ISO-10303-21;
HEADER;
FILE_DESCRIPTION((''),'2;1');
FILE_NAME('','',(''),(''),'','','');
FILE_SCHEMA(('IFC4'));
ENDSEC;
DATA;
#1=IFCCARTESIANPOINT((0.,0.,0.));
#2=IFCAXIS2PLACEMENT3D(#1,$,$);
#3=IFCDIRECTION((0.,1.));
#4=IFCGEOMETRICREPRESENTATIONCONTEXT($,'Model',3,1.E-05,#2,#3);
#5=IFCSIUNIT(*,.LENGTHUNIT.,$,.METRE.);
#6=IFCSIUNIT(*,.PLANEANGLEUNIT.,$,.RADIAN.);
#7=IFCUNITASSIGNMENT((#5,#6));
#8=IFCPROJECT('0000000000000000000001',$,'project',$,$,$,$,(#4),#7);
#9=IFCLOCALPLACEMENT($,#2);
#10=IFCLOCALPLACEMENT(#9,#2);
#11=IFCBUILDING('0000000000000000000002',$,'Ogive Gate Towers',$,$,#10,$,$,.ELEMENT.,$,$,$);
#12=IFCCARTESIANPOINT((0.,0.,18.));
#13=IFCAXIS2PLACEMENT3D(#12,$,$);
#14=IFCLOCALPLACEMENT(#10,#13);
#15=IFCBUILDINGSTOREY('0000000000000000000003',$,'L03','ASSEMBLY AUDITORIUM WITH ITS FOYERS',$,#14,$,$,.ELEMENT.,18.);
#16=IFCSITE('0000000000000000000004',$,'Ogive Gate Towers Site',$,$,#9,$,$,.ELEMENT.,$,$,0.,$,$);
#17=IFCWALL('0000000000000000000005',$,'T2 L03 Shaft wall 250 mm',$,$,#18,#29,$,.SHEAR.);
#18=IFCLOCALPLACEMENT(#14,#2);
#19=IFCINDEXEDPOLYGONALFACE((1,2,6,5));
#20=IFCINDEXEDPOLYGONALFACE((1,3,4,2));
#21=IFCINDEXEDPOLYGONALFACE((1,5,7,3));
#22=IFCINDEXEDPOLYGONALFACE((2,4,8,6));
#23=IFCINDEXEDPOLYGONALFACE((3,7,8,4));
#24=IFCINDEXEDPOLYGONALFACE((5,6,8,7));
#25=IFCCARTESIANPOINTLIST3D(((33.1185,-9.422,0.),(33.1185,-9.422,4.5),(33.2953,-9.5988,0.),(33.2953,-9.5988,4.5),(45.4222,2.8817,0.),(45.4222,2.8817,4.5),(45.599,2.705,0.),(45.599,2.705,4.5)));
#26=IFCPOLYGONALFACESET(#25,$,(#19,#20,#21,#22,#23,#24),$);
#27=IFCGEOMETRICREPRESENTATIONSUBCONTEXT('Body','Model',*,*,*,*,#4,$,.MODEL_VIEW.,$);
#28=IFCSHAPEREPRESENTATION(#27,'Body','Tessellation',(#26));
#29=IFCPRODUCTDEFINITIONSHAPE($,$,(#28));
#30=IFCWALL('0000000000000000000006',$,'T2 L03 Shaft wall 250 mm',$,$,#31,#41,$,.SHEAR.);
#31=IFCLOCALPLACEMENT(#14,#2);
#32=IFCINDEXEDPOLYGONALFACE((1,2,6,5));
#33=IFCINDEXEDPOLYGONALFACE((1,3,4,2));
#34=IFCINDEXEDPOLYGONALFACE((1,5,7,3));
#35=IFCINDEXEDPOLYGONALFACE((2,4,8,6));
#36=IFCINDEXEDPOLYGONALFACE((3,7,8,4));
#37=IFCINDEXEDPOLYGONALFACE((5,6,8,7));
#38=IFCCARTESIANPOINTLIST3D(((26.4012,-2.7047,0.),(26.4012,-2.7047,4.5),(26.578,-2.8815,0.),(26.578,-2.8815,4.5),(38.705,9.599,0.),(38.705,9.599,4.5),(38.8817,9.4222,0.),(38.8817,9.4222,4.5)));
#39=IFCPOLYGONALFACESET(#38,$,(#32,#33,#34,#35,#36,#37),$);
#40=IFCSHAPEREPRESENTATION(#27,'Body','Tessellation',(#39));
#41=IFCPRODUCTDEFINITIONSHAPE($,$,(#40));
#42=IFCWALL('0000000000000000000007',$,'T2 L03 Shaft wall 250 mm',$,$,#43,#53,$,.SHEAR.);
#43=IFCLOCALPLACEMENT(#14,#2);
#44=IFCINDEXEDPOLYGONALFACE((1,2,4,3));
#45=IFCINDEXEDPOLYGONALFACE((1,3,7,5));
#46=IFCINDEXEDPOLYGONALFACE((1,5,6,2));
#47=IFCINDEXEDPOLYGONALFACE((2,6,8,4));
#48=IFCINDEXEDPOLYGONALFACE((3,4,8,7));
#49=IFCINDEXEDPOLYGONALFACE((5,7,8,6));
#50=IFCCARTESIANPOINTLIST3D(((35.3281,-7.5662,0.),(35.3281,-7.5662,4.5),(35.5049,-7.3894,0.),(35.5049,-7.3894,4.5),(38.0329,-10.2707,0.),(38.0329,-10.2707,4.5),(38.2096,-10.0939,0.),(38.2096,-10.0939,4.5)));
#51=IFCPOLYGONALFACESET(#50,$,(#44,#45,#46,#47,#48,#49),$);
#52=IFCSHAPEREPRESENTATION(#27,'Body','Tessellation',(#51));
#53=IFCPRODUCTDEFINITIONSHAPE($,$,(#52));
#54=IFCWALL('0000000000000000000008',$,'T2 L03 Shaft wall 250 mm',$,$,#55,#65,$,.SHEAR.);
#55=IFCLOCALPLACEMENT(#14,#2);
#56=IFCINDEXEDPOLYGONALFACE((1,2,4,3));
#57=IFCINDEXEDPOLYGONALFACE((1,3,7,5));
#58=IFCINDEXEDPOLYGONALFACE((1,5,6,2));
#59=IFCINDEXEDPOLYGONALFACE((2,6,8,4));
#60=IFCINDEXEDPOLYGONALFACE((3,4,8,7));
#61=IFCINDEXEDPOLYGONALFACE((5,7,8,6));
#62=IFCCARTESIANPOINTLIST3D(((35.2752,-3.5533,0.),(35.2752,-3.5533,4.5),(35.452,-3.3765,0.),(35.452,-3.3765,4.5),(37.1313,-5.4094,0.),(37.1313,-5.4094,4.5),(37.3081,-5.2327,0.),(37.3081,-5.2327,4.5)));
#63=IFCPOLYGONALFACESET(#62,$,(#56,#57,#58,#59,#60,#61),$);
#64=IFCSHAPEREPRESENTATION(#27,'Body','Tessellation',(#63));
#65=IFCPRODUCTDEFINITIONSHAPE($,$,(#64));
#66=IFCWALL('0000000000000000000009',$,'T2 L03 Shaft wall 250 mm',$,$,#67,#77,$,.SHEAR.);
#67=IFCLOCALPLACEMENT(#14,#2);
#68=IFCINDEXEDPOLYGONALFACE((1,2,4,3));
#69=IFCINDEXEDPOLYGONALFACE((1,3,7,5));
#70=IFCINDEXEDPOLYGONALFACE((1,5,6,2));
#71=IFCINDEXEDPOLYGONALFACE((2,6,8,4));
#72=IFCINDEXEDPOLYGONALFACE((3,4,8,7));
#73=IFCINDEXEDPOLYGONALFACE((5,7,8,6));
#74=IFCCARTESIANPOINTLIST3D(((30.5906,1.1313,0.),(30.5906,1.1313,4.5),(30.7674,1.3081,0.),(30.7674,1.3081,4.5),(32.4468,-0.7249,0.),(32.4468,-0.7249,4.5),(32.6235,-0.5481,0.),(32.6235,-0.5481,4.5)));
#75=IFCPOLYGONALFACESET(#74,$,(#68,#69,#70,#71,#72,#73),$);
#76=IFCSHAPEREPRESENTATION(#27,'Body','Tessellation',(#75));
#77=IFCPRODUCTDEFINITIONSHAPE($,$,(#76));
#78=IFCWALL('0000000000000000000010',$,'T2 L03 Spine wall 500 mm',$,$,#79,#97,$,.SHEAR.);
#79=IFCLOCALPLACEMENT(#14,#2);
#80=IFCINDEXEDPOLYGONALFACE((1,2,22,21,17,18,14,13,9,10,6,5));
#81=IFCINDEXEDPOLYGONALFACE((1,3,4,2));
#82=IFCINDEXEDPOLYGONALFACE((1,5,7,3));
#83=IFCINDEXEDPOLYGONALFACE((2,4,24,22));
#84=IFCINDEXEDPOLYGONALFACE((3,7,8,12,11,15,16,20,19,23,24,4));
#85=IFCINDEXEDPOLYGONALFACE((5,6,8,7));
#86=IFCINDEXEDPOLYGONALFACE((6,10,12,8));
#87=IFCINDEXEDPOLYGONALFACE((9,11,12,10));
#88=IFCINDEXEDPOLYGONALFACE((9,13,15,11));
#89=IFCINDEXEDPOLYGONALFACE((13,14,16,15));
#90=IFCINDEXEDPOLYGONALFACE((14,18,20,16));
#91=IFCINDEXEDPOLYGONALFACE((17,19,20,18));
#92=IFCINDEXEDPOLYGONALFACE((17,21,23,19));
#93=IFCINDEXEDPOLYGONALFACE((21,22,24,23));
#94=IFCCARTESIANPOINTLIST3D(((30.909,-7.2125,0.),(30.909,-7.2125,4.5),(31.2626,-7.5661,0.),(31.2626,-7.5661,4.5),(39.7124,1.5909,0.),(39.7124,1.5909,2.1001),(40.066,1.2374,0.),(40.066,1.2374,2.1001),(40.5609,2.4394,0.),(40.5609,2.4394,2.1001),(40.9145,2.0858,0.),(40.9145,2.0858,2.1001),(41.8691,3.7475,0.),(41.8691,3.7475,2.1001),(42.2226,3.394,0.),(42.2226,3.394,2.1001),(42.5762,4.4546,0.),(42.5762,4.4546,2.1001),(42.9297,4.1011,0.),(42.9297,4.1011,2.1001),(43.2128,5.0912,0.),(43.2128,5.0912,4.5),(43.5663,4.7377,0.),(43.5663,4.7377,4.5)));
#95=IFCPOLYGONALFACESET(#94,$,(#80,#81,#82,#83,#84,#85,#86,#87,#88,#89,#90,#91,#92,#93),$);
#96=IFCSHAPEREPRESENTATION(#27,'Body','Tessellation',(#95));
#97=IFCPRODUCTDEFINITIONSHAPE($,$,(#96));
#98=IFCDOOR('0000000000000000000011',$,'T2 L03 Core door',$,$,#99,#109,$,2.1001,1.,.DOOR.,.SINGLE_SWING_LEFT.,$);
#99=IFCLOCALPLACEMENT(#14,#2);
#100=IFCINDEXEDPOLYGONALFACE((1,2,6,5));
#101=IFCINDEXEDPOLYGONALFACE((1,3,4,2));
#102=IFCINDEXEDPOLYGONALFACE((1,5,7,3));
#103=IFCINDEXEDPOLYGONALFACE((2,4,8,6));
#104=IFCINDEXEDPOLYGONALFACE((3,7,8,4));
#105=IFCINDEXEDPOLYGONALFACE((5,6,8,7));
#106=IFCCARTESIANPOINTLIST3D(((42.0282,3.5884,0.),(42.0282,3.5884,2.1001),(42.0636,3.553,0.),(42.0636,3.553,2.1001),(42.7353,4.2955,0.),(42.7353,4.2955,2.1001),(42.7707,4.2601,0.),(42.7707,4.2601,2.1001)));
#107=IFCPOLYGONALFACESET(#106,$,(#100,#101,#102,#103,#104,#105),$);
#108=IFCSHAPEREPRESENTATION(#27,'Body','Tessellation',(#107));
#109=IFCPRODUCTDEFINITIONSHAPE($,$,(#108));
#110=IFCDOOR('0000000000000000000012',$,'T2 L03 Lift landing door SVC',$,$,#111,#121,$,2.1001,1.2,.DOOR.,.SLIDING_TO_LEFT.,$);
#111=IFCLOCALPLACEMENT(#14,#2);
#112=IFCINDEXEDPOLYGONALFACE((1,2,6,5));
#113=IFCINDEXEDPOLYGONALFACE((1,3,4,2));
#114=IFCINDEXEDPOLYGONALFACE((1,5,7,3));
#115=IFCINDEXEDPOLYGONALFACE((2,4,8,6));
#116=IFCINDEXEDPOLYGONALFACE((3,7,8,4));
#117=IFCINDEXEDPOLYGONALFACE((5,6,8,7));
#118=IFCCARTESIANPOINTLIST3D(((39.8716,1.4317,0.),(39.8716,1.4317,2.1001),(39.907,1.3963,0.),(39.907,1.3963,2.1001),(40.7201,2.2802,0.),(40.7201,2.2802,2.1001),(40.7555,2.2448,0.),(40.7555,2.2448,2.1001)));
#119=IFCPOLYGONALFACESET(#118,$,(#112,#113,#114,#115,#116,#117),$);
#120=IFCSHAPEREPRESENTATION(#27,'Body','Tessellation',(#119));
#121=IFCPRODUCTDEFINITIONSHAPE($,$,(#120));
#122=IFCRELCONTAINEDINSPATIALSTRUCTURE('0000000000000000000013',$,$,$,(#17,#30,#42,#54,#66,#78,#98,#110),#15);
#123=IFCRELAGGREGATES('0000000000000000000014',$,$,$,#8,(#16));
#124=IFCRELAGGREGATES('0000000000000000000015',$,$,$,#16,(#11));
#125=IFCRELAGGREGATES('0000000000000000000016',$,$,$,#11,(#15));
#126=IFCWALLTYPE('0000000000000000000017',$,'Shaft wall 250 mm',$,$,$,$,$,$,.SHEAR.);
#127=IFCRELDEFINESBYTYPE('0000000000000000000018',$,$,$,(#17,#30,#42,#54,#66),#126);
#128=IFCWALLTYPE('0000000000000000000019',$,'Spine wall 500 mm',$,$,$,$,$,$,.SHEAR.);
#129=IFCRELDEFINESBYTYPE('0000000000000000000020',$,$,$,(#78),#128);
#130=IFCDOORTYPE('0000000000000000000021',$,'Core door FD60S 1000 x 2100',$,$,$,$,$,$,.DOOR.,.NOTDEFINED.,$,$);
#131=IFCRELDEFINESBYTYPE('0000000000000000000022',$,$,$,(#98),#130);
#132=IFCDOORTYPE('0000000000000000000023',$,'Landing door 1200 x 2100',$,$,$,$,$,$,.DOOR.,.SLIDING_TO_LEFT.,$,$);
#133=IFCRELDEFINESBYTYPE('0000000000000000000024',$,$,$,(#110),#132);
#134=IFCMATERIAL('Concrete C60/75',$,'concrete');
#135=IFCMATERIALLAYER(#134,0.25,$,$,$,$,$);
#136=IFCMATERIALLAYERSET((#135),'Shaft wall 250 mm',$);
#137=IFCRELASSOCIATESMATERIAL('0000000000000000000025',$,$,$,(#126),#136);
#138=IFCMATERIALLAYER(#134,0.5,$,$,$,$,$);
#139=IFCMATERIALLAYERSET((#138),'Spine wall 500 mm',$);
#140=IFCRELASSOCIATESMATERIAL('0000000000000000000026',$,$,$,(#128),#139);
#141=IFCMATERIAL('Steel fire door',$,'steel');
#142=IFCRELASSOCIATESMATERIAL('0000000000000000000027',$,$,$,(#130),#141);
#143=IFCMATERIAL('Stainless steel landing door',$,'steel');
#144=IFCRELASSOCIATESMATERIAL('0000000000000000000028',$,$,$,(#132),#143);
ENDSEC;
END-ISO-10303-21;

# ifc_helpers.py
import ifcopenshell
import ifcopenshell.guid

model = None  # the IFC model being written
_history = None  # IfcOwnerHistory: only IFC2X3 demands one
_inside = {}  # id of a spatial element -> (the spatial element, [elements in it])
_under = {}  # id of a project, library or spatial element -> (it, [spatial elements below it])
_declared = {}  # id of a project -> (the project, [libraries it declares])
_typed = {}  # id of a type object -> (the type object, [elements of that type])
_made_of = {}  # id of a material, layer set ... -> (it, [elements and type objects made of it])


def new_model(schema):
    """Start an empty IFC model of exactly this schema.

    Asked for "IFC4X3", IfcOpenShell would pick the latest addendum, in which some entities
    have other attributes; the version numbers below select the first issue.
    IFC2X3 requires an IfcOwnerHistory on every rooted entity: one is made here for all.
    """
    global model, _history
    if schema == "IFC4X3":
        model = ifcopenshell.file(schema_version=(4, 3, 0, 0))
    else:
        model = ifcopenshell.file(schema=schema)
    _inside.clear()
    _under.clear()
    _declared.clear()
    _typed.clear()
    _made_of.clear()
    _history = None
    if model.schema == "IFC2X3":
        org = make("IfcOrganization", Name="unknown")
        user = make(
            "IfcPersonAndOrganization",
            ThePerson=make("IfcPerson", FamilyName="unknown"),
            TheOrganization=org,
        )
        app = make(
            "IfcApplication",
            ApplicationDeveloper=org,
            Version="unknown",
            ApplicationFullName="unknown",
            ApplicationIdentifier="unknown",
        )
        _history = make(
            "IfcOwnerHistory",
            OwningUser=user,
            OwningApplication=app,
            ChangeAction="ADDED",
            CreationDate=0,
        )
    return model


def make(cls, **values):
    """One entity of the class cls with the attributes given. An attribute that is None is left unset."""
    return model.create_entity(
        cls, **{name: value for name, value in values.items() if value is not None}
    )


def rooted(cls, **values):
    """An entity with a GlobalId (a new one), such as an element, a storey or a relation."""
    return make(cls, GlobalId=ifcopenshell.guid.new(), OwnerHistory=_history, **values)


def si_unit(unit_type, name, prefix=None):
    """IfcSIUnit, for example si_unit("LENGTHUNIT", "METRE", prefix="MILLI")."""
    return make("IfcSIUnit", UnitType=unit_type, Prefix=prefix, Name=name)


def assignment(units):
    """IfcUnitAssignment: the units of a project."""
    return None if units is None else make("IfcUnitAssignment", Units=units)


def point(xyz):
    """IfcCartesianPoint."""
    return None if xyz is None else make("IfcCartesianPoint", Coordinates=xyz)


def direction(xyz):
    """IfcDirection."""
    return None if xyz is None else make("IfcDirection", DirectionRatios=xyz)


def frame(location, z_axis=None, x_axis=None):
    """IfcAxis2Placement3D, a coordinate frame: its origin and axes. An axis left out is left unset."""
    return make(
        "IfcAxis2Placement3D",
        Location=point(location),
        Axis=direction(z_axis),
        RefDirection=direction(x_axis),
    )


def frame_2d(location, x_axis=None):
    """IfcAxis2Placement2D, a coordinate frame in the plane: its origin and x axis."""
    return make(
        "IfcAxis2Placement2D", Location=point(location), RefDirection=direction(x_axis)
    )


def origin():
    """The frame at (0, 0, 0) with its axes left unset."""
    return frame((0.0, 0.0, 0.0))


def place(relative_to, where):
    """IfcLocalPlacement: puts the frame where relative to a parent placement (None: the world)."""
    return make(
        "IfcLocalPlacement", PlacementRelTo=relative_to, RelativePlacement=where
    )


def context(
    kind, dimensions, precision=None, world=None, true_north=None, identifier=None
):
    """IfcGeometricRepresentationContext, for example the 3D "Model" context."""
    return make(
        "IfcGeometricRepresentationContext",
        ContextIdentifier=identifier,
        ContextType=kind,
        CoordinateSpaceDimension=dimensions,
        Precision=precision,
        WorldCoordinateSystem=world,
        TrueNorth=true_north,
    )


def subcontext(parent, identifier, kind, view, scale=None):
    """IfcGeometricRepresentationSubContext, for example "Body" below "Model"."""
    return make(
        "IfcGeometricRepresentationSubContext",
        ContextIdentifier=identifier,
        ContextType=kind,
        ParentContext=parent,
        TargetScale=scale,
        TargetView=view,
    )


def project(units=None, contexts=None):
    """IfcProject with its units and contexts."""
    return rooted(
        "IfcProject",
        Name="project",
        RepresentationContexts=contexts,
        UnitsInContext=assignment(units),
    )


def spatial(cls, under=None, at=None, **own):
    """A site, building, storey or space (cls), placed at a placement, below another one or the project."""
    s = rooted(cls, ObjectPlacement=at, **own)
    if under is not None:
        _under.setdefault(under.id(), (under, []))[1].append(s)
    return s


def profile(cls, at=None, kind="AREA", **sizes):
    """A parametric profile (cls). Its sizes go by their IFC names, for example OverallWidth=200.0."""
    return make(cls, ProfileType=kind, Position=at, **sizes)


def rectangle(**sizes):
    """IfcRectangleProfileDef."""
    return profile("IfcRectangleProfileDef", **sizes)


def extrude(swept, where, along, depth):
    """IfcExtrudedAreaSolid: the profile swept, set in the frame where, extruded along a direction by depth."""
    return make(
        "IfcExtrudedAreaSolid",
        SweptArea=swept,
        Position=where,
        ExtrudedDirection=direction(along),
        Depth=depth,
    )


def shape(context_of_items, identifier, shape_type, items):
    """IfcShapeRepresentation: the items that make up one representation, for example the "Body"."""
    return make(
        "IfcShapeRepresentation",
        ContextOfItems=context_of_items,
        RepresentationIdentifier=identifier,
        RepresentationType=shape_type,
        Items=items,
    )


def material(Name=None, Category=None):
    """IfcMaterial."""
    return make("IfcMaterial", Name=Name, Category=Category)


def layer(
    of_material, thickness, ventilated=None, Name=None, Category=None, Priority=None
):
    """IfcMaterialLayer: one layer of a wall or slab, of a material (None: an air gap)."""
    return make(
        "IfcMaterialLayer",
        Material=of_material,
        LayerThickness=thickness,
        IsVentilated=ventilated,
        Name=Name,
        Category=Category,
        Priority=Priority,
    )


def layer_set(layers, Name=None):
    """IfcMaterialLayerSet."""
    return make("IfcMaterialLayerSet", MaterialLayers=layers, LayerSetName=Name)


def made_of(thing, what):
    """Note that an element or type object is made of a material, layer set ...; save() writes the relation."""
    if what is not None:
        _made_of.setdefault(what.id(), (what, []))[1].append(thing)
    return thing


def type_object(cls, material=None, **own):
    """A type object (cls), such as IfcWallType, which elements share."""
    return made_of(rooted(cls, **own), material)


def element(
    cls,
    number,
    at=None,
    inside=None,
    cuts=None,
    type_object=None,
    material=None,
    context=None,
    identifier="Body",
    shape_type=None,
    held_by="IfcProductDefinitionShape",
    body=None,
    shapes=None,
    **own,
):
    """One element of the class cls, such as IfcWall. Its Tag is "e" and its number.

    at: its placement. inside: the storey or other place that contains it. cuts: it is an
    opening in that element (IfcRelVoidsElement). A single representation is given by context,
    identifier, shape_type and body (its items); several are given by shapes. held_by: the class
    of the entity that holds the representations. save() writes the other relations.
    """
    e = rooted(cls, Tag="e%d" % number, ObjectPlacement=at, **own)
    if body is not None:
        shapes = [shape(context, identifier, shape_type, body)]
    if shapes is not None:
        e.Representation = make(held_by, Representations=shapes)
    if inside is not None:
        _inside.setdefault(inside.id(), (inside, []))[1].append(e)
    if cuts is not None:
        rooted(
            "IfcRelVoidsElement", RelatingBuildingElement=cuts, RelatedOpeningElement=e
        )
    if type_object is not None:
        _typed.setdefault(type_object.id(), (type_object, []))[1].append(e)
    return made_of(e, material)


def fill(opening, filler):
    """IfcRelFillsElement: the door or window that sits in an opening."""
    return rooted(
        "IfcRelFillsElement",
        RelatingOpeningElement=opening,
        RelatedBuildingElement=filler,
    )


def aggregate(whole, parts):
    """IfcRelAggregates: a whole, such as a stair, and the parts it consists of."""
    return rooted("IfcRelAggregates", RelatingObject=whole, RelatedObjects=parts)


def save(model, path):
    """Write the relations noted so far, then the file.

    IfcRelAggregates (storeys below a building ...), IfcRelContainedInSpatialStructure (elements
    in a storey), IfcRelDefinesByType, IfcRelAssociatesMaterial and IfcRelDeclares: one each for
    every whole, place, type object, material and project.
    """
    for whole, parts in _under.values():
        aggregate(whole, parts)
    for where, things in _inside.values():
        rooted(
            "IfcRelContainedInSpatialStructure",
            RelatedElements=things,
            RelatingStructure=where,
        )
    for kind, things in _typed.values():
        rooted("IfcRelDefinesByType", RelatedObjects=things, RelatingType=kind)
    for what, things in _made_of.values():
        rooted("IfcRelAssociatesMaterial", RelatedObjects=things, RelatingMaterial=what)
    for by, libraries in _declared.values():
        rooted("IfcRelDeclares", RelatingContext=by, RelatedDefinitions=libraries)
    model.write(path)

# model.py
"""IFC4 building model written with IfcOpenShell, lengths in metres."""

from ifc_helpers import new_model, si_unit, direction, frame, frame_2d, origin, place, context, subcontext, project, spatial, rectangle, extrude, material, layer, layer_set, type_object, element, fill, save


model = new_model("IFC4")

# Units and contexts
model_context = context("Model", 3, precision=1e-05, world=origin(), true_north=direction((0.0, 1.0)))
body_context = subcontext(model_context, "Body", "Model", "MODEL_VIEW")
ifc_project = project(units=[si_unit("LENGTHUNIT", "METRE"), si_unit("PLANEANGLEUNIT", "RADIAN")], contexts=[model_context])

# Site, building, storey
site_placement = place(None, origin())
site = spatial("IfcSite", under=ifc_project, at=site_placement, Name="Ogive Gate Towers Site", CompositionType="ELEMENT", RefElevation=0.0)
building_placement = place(site_placement, origin())
building = spatial("IfcBuilding", under=site, at=building_placement, Name="Ogive Gate Towers", CompositionType="ELEMENT")
storey_placement = place(building_placement, frame((0.0, 0.0, 18.0)))
storey = spatial("IfcBuildingStorey", under=building, at=storey_placement, Name="L03", Description="ASSEMBLY AUDITORIUM WITH ITS FOYERS", CompositionType="ELEMENT", Elevation=18.0)

# Shared definitions
ifc_material_1 = material(Name="Concrete C60/75", Category="concrete")
ifc_material_2 = material(Name="Steel fire door", Category="steel")

# Walls
ifc_layer_1 = layer(ifc_material_1, 0.25)
ifc_layer_set_1 = layer_set([ifc_layer_1], Name="Shaft wall 250 mm")
wall_type_1 = type_object("IfcWallType", Name="Shaft wall 250 mm", PredefinedType="SHEAR", material=ifc_layer_set_1)
for number, where, z_axis, x_axis, name in (
    (1, (33.2068, -9.5105, 0.0), (0.0, 0.0, 1.0), (0.707107, 0.707107, 0.0), "T2 L03 Shaft wall 250 mm"),
    (2, (26.4895, -2.7932, 0.0), (0.0, 0.0, 1.0), (0.707107, 0.707107, 0.0), "T2 L03 Shaft wall 250 mm"),
):
    element("IfcWall", number, at=place(storey_placement, frame(where, z_axis=z_axis, x_axis=x_axis)), inside=storey, type_object=wall_type_1, Name=name, PredefinedType="SHEAR", context=body_context, shape_type="SweptSolid", body=[
        extrude(rectangle(XDim=17.4001, YDim=0.25, at=frame_2d((8.7002, 0.0))), origin(), (0.0, 0.0, 1.0), 4.5),
    ])
wall_1_placement = place(storey_placement, frame((38.1213, -10.1824, 0.0), z_axis=(0.0, 0.0, 1.0), x_axis=(-0.707139, 0.707075, 0.0)))
element("IfcWall", 3, at=wall_1_placement, inside=storey, type_object=wall_type_1, Name="T2 L03 Shaft wall 250 mm", PredefinedType="SHEAR", context=body_context, shape_type="SweptSolid", body=[
    extrude(rectangle(XDim=3.825, YDim=0.25, at=frame_2d((1.9126, 0.0))), origin(), (0.0, 0.0, 1.0), 4.5),
])
for number, where, z_axis, x_axis, name in (
    (4, (37.2197, -5.321, 0.0), (0.0, 0.0, 1.0), (-0.707107, 0.707107, 0.0), "T2 L03 Shaft wall 250 mm"),
    (5, (32.5352, -0.6365, 0.0), (0.0, 0.0, 1.0), (-0.707107, 0.707107, 0.0), "T2 L03 Shaft wall 250 mm"),
):
    element("IfcWall", number, at=place(storey_placement, frame(where, z_axis=z_axis, x_axis=x_axis)), inside=storey, type_object=wall_type_1, Name=name, PredefinedType="SHEAR", context=body_context, shape_type="SweptSolid", body=[
        extrude(rectangle(XDim=2.625, YDim=0.25, at=frame_2d((1.3125, 0.0))), origin(), (0.0, 0.0, 1.0), 4.5),
    ])

# Wall, openings, doors
ifc_layer_2 = layer(ifc_material_1, 0.5)
ifc_layer_set_2 = layer_set([ifc_layer_2], Name="Spine wall 500 mm")
wall_type_2 = type_object("IfcWallType", Name="Spine wall 500 mm", PredefinedType="SHEAR", material=ifc_layer_set_2)
wall_2_placement = place(storey_placement, frame((31.0857, -7.3894, 0.0), z_axis=(0.0, 0.0, 1.0), x_axis=(0.707107, 0.707107, 0.0)))
wall_2 = element("IfcWall", 6, at=wall_2_placement, inside=storey, type_object=wall_type_2, Name="T2 L03 Spine wall 500 mm", PredefinedType="SHEAR", context=body_context, shape_type="SweptSolid", body=[
    extrude(rectangle(XDim=17.4001, YDim=0.5, at=frame_2d((8.7002, 0.0))), origin(), (0.0, 0.0, 1.0), 4.5),
])
opening_1_placement = place(wall_2_placement, frame((12.45, 0.0, 0.0)))
opening_1 = element("IfcOpeningElement", 7, at=opening_1_placement, cuts=wall_2, PredefinedType="OPENING", context=body_context, shape_type="SweptSolid", body=[
    extrude(rectangle(XDim=1.2, YDim=2.1001, at=frame_2d((0.6001, 1.05))), frame((0.0, 0.26, 0.0), z_axis=(0.0, -1.0, 0.0), x_axis=(1.0, 0.0, 0.0)), (0.0, 0.0, 1.0), 0.52),
])
opening_2_placement = place(wall_2_placement, frame((15.5, 0.0, 0.0)))
opening_2 = element("IfcOpeningElement", 8, at=opening_2_placement, cuts=wall_2, PredefinedType="OPENING", context=body_context, shape_type="SweptSolid", body=[
    extrude(rectangle(XDim=1.0, YDim=2.1001, at=frame_2d((0.5, 1.05))), frame((0.0, 0.26, 0.0), z_axis=(0.0, -1.0, 0.0), x_axis=(1.0, 0.0, 0.0)), (0.0, 0.0, 1.0), 0.52),
])
door_type_1 = type_object("IfcDoorType", Name="Core door FD60S 1000 x 2100", OperationType="NOTDEFINED", PredefinedType="DOOR", material=ifc_material_2)
door_1_placement = place(opening_2_placement, origin())
door_1 = element("IfcDoor", 9, at=door_1_placement, inside=storey, type_object=door_type_1, Name="T2 L03 Core door", OperationType="SINGLE_SWING_LEFT", OverallHeight=2.1001, OverallWidth=1.0, PredefinedType="DOOR", context=body_context, shape_type="SweptSolid", body=[
    extrude(rectangle(XDim=1.0, YDim=2.1001, at=frame_2d((0.5, 1.05))), frame((0.0, 0.0249, 0.0), z_axis=(0.0, -1.0, 0.0), x_axis=(1.0, 0.0, 0.0)), (0.0, 0.0, 1.0), 0.05),
])
fill(opening_2, door_1)
ifc_material_3 = material(Name="Stainless steel landing door", Category="steel")
door_type_2 = type_object("IfcDoorType", Name="Landing door 1200 x 2100", OperationType="SLIDING_TO_LEFT", PredefinedType="DOOR", material=ifc_material_3)
door_2_placement = place(opening_1_placement, origin())
door_2 = element("IfcDoor", 10, at=door_2_placement, inside=storey, type_object=door_type_2, Name="T2 L03 Lift landing door SVC", OperationType="SLIDING_TO_LEFT", OverallHeight=2.1001, OverallWidth=1.2, PredefinedType="DOOR", context=body_context, shape_type="SweptSolid", body=[
    extrude(rectangle(XDim=1.2, YDim=2.1001, at=frame_2d((0.6001, 1.05))), frame((0.0, 0.0249, 0.0), z_axis=(0.0, -1.0, 0.0), x_axis=(1.0, 0.0, 0.0)), (0.0, 0.0, 1.0), 0.05),
])
fill(opening_1, door_2)

save(model, "model.ifc")
